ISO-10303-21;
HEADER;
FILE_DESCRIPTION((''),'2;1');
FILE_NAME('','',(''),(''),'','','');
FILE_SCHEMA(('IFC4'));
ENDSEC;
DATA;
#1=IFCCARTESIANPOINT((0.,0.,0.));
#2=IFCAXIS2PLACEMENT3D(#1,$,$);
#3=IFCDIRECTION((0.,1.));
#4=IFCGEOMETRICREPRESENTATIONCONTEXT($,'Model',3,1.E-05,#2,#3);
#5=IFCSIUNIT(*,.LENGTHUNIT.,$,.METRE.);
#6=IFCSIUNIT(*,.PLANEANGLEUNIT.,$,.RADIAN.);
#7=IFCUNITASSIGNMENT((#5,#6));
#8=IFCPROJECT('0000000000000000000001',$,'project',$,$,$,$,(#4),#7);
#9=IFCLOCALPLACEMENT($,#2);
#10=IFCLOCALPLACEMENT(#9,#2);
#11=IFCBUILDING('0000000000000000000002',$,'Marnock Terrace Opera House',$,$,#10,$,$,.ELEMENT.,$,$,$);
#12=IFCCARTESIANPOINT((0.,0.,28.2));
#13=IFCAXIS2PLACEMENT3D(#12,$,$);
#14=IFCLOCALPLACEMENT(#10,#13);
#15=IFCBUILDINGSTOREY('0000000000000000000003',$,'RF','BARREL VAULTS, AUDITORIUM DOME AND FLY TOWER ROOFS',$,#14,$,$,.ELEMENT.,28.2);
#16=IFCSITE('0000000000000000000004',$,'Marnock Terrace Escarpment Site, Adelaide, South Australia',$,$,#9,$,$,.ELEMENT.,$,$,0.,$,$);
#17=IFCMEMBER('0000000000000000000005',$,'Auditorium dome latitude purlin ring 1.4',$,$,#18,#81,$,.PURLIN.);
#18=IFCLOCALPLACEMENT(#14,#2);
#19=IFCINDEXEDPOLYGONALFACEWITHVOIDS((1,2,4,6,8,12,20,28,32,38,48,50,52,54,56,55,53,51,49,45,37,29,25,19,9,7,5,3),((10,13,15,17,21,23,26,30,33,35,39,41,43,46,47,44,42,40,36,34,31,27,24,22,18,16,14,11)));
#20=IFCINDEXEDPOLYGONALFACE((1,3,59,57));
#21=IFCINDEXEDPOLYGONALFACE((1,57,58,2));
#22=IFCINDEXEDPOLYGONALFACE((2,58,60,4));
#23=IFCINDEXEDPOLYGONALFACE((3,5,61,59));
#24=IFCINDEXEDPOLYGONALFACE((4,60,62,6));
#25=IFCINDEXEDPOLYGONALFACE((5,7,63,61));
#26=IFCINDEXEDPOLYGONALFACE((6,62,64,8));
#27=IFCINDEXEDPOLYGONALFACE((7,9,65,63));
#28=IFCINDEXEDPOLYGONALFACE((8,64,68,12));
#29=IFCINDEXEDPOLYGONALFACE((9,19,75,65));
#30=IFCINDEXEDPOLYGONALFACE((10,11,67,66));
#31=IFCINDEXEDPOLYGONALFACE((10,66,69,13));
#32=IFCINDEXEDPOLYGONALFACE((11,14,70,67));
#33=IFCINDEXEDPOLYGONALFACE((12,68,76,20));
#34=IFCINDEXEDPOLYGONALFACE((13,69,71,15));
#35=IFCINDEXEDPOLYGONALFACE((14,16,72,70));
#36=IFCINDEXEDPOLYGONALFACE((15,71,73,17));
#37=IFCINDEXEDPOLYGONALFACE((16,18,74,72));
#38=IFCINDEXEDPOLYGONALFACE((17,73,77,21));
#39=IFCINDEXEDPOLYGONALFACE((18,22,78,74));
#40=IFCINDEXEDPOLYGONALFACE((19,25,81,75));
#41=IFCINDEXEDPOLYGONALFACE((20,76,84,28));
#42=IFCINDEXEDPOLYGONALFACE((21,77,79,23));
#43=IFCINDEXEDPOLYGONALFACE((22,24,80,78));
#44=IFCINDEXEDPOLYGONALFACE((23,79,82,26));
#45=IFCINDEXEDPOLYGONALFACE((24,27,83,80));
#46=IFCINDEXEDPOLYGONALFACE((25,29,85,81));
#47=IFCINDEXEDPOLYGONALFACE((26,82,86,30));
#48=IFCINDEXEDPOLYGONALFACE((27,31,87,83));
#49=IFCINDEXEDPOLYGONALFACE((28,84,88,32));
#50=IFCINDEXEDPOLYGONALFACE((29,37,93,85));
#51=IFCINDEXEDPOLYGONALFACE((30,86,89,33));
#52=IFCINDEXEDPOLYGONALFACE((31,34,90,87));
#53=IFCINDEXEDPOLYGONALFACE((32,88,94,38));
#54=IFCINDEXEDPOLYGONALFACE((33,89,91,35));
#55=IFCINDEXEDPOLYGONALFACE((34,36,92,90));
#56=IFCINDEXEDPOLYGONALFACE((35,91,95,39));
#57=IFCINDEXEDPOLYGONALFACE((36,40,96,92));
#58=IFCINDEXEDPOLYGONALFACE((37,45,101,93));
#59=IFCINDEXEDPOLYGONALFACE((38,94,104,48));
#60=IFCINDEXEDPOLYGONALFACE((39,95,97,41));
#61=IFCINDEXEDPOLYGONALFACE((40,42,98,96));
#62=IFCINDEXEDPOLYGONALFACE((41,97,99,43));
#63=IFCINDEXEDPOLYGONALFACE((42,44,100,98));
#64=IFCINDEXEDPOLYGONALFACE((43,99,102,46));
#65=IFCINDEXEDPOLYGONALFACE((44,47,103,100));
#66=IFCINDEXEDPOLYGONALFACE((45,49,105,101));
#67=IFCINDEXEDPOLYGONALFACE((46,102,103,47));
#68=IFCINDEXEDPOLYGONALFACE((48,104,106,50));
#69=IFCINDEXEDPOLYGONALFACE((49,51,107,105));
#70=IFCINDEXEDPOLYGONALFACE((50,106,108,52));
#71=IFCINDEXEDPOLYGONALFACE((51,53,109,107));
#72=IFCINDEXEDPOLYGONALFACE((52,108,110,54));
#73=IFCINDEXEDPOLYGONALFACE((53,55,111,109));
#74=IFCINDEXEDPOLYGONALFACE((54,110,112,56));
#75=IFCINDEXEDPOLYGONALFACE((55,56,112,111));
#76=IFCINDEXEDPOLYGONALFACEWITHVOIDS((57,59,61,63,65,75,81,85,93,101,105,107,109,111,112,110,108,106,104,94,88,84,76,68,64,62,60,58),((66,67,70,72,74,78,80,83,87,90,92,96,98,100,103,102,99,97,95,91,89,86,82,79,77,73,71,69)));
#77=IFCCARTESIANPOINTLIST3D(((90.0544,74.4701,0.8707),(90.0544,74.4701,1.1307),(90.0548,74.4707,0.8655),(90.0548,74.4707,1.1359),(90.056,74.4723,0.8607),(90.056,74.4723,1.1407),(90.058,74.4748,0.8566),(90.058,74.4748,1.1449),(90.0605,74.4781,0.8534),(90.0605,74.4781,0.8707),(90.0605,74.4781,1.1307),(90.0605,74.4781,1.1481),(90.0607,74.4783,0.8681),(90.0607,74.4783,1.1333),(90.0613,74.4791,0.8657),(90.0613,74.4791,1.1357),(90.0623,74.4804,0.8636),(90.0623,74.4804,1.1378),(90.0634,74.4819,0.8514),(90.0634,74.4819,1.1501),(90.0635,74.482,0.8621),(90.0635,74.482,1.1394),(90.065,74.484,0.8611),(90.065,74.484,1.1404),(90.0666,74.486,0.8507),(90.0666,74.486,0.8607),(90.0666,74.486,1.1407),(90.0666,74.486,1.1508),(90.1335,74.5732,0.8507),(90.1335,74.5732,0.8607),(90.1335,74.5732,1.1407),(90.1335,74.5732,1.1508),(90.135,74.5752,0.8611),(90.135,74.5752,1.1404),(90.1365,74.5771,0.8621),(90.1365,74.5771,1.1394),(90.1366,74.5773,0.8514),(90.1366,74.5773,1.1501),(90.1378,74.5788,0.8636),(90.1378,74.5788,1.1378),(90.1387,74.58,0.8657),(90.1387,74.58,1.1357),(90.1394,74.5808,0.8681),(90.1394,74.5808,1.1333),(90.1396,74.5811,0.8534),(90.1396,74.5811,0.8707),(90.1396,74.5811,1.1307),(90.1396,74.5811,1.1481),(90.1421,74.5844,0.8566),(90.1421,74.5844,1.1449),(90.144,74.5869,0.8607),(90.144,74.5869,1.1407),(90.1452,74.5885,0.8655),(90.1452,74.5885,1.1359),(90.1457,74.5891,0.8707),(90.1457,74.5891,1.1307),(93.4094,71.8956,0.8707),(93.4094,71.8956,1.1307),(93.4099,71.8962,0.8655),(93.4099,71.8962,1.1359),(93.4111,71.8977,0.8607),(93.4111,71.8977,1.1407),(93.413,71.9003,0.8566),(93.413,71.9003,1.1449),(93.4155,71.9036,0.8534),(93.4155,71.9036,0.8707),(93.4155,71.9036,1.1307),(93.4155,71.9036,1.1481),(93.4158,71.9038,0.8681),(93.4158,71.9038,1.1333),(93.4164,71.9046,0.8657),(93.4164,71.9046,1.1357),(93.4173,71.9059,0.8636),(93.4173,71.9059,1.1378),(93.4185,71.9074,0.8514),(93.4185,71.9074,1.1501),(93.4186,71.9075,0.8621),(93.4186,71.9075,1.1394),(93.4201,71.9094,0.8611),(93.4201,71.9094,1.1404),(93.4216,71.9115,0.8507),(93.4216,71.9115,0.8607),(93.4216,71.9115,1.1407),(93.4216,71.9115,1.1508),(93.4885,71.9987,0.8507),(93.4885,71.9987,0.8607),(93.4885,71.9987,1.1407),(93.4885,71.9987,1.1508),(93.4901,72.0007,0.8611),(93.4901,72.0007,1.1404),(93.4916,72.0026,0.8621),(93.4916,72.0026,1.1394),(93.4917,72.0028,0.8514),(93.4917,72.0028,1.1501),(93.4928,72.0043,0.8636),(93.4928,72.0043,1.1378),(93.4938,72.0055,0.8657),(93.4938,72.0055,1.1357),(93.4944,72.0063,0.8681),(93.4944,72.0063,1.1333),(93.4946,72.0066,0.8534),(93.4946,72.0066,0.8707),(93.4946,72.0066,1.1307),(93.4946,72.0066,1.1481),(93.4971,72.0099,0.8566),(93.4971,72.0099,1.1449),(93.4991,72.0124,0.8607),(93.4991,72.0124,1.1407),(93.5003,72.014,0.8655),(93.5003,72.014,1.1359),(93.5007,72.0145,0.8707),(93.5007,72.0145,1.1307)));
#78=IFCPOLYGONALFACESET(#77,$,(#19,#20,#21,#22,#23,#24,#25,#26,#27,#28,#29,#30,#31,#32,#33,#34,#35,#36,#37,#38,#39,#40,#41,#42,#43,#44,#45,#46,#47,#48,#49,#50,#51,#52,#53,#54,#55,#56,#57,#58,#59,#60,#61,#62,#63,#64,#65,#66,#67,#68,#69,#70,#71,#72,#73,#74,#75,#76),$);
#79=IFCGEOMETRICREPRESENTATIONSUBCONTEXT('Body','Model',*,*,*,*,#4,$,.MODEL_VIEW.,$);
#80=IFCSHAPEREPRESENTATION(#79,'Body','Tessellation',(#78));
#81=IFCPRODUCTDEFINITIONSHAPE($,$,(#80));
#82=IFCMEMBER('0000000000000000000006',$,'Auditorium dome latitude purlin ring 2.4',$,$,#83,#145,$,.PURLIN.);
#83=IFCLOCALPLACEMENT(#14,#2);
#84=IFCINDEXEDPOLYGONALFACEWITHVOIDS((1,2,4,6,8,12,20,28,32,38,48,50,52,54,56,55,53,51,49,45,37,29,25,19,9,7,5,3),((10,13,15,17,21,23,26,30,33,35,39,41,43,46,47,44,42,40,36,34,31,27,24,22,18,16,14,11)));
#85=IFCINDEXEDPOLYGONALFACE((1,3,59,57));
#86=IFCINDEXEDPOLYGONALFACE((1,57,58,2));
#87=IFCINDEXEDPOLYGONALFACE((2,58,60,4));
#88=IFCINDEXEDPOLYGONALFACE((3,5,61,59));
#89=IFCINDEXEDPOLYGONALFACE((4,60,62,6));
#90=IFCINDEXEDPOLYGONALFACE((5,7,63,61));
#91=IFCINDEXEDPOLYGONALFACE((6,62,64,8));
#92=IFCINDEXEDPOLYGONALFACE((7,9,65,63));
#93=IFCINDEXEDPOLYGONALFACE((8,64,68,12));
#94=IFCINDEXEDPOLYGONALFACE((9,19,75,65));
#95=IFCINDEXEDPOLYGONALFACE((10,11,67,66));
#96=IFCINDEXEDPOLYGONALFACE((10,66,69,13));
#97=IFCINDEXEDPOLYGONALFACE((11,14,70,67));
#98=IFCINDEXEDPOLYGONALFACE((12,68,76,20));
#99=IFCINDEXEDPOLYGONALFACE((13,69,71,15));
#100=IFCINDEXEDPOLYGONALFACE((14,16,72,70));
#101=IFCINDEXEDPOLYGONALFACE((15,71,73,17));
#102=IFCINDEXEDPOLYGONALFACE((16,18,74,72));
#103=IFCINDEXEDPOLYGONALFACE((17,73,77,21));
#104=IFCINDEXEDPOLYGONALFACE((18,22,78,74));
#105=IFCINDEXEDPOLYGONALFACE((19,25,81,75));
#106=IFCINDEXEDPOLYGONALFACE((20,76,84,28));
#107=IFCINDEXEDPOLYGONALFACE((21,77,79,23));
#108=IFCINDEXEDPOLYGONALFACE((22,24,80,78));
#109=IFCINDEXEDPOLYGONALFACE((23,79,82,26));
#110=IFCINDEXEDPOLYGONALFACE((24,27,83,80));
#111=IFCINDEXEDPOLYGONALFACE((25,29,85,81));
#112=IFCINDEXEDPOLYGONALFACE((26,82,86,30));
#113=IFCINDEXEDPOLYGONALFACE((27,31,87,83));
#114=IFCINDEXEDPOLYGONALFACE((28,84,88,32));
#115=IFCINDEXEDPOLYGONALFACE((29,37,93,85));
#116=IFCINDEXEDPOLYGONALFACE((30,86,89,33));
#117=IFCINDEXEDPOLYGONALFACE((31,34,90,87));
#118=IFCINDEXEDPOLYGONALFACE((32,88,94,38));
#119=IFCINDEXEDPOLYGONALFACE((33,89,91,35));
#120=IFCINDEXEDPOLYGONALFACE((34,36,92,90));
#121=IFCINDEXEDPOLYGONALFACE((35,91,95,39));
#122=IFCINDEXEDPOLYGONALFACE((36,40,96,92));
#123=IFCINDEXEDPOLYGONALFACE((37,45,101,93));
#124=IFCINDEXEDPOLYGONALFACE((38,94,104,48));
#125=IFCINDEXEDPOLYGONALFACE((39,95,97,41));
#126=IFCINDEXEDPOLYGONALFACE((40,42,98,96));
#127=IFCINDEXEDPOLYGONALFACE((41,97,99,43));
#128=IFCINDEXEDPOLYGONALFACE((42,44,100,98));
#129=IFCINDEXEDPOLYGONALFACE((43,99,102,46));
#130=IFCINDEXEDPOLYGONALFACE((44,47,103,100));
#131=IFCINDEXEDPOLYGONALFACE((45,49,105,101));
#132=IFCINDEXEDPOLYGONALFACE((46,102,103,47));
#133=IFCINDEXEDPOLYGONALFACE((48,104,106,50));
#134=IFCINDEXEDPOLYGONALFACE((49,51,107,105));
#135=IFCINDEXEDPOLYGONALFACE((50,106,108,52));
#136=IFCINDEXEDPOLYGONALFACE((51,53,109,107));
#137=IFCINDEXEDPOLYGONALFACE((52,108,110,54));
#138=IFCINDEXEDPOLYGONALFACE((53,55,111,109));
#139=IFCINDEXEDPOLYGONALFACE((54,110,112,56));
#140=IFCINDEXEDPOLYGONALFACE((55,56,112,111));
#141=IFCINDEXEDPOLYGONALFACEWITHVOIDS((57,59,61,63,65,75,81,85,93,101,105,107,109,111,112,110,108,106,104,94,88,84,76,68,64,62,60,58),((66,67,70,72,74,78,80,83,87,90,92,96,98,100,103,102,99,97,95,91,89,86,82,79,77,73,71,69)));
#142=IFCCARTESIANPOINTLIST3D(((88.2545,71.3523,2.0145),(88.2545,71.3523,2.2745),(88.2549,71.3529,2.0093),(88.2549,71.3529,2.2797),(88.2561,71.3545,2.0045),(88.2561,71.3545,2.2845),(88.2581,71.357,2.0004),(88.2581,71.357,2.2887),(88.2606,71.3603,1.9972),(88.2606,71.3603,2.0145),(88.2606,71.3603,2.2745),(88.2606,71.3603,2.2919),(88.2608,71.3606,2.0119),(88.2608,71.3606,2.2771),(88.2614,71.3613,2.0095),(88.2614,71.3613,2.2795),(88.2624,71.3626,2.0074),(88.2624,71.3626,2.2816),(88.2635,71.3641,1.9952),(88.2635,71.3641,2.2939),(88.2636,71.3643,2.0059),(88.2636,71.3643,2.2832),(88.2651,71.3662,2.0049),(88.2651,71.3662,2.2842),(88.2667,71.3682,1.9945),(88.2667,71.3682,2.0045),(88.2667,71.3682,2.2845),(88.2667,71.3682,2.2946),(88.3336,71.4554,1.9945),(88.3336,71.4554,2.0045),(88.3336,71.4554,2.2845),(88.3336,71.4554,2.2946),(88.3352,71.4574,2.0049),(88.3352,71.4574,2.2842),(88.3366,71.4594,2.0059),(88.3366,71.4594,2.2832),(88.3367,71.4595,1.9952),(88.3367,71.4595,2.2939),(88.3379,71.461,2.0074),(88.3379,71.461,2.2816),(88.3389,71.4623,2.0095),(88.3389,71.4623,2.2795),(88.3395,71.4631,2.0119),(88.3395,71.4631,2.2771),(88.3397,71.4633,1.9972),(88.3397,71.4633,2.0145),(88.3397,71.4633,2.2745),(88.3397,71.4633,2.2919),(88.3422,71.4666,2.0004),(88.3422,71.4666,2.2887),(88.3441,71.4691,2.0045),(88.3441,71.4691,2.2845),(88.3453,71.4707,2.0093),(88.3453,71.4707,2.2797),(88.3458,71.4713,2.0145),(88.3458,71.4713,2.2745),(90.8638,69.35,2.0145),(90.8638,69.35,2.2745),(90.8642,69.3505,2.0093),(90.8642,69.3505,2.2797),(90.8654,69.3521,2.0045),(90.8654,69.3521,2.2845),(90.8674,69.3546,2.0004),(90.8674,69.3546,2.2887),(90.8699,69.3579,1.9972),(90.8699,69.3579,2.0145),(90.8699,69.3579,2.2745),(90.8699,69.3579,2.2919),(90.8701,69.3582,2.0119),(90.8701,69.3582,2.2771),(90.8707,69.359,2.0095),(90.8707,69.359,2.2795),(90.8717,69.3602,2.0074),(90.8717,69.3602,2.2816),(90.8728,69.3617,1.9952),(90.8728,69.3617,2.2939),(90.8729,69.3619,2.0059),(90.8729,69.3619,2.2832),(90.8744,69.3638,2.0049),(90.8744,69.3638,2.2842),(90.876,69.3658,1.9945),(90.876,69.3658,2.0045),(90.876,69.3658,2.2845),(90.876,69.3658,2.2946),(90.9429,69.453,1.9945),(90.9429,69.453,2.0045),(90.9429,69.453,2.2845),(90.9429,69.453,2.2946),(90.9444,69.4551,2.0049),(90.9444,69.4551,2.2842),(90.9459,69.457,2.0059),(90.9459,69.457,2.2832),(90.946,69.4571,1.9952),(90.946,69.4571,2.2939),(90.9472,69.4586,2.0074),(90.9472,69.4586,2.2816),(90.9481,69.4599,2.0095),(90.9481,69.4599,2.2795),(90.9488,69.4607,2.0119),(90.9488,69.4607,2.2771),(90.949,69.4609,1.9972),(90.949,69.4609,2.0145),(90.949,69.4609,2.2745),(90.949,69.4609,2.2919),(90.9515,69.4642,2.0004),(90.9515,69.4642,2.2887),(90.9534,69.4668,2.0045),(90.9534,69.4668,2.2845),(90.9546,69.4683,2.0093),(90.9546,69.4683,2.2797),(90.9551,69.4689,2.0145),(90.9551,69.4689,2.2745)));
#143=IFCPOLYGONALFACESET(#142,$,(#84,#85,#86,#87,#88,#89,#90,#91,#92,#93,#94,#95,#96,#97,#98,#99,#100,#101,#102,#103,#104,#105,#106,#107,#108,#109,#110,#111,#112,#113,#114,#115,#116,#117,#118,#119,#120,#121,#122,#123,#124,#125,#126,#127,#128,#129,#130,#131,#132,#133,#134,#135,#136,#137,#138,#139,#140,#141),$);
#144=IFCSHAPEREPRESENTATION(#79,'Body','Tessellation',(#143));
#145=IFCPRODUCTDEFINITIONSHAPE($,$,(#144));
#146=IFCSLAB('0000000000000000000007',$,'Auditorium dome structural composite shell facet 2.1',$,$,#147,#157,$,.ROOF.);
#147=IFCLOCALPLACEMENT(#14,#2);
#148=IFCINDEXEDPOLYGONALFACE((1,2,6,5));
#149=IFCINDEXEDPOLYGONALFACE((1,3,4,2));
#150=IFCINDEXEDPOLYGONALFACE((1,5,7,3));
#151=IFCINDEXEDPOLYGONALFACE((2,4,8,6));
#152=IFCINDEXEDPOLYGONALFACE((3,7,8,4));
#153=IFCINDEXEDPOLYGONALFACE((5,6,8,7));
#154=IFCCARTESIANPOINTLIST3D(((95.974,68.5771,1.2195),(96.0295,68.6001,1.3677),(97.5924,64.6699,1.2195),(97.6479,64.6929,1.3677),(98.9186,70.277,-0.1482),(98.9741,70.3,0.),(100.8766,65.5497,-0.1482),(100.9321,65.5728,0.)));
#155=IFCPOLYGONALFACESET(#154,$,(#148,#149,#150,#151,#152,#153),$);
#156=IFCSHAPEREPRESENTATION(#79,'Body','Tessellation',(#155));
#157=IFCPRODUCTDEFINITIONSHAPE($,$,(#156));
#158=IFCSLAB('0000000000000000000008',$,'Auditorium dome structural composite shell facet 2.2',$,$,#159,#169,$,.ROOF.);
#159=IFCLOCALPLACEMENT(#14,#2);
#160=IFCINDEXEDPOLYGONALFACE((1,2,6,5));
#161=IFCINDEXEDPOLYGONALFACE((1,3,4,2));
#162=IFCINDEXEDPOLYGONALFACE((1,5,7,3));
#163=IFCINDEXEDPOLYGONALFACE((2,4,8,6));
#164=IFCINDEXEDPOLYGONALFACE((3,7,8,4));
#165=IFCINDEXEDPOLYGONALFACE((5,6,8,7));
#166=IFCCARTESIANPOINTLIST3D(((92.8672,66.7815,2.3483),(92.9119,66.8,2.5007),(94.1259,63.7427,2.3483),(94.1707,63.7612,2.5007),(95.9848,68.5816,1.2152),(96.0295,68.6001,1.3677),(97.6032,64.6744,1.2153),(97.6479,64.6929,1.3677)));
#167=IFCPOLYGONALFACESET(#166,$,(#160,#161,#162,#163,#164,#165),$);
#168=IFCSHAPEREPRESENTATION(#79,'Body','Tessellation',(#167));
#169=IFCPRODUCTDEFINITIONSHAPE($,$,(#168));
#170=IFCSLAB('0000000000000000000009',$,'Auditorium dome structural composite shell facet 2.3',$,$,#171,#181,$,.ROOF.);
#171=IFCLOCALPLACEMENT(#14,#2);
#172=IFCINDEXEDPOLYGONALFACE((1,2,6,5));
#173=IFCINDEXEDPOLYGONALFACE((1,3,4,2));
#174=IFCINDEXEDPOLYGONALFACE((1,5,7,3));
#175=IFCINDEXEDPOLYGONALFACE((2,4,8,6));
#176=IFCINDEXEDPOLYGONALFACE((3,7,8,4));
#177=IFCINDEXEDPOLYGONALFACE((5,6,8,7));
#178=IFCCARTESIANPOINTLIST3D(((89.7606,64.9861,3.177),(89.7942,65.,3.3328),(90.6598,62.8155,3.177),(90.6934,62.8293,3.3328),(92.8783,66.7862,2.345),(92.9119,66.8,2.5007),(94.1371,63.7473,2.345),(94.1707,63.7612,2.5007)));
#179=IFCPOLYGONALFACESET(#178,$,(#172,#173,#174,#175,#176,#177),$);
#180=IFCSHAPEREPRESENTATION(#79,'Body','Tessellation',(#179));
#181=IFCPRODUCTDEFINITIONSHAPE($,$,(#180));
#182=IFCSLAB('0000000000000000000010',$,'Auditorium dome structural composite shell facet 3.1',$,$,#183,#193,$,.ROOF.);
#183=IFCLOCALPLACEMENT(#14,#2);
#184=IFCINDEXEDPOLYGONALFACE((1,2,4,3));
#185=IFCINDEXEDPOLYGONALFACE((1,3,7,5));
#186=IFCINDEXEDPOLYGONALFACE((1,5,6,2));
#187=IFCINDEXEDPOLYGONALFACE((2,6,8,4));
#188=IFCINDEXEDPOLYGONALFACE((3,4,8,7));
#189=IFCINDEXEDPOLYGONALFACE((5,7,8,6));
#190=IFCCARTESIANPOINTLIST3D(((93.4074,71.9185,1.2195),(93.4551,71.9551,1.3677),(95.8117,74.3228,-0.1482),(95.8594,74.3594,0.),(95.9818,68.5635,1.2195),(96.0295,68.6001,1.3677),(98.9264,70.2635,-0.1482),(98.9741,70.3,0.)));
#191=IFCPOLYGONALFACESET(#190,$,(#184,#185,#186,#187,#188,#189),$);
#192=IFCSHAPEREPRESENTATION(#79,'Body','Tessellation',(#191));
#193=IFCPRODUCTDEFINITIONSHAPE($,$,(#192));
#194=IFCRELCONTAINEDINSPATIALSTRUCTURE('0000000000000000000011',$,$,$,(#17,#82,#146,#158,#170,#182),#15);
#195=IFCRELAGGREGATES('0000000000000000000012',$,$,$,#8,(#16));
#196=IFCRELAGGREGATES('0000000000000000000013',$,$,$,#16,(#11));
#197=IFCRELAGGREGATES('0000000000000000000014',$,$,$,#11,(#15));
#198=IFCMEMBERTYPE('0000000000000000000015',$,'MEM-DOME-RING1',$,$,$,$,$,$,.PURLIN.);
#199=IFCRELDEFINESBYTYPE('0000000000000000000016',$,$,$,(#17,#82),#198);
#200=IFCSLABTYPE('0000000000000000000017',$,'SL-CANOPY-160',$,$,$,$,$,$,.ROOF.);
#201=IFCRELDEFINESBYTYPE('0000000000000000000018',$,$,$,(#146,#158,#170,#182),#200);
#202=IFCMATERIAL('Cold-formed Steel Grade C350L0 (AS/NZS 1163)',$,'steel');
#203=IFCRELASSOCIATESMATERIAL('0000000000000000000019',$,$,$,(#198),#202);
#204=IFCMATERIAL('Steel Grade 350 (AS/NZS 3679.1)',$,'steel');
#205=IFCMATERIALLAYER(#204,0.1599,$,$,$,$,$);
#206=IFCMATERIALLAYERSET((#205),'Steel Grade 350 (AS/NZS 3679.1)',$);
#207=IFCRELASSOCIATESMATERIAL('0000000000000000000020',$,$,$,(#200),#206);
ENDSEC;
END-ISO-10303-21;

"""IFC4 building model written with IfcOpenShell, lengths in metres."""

from ifc_helpers import new_model, si_unit, direction, frame, origin, origin_2d, place, context, subcontext, project, spatial, polyline, hollow_rectangle, outline, extrude, material, layer, layer_set, material_profile, profile_set, type_object, element, save


model = new_model("IFC4")

# Units and contexts
model_context = context("Model", 3, precision=1e-05, world=origin(), true_north=direction((0.0, 1.0)))
body_context = subcontext(model_context, "Body", "Model", "MODEL_VIEW")
ifc_project = project(units=[si_unit("LENGTHUNIT", "METRE"), si_unit("PLANEANGLEUNIT", "RADIAN")], contexts=[model_context])

# Site, building, storey
site_placement = place(None, origin())
site = spatial("IfcSite", under=ifc_project, at=site_placement, Name="Marnock Terrace Escarpment Site, Adelaide, South Australia", CompositionType="ELEMENT", RefElevation=0.0)
building_placement = place(site_placement, origin())
building = spatial("IfcBuilding", under=site, at=building_placement, Name="Marnock Terrace Opera House", CompositionType="ELEMENT")
storey_placement = place(building_placement, frame((0.0, 0.0, 28.2)))
storey = spatial("IfcBuildingStorey", under=building, at=storey_placement, Name="RF", Description="BARREL VAULTS, AUDITORIUM DOME AND FLY TOWER ROOFS", CompositionType="ELEMENT", Elevation=28.2)

# Shared definitions
ifc_material_1 = material(Name="Steel Grade 350 (AS/NZS 3679.1)", Category="steel")

# Members
ifc_material_2 = material(Name="Cold-formed Steel Grade C350L0 (AS/NZS 1163)", Category="steel")
ifc_material_profile_1 = material_profile(ifc_material_2, hollow_rectangle(XDim=0.1499, YDim=0.3, WallThickness=0.01, InnerFilletRadius=0.01, OuterFilletRadius=0.02, at=origin_2d()))
ifc_profile_set_1 = profile_set([ifc_material_profile_1], Name="Cold-formed Steel Grade C350L0 (AS/NZS 1163)")
member_type_1 = type_object("IfcMemberType", Name="MEM-DOME-RING1", PredefinedType="PURLIN", material=ifc_profile_set_1)
member_1_placement = place(storey_placement, frame((93.4551, 71.9551, 1.0007), z_axis=(-0.793342, 0.608776, 0.0), x_axis=(-0.608776, -0.793342, 0.0)))
element("IfcMember", 1, at=member_1_placement, inside=storey, type_object=member_type_1, Name="Auditorium dome latitude purlin ring 1.4", PredefinedType="PURLIN", context=body_context, shape_type="SweptSolid", body=[
    extrude(hollow_rectangle(XDim=0.1499, YDim=0.3, WallThickness=0.01, InnerFilletRadius=0.01, OuterFilletRadius=0.02, at=origin_2d()), origin(), (0.0, 0.0, 1.0), 4.229),
])
member_2_placement = place(storey_placement, frame((90.9094, 69.4094, 2.1445), z_axis=(-0.793324, 0.608799, 0.0), x_axis=(-0.608799, -0.793324, 0.0)))
element("IfcMember", 2, at=member_2_placement, inside=storey, type_object=member_type_1, Name="Auditorium dome latitude purlin ring 2.4", PredefinedType="PURLIN", context=body_context, shape_type="SweptSolid", body=[
    extrude(hollow_rectangle(XDim=0.1499, YDim=0.3, WallThickness=0.01, InnerFilletRadius=0.01, OuterFilletRadius=0.02, at=origin_2d()), origin(), (0.0, 0.0, 1.0), 3.2891),
])

# Slabs
ifc_layer_1 = layer(ifc_material_1, 0.1599)
ifc_layer_set_1 = layer_set([ifc_layer_1], Name="Steel Grade 350 (AS/NZS 3679.1)")
slab_type = type_object("IfcSlabType", Name="SL-CANOPY-160", PredefinedType="ROOF", material=ifc_layer_set_1)
slab_1_placement = place(storey_placement, frame((100.9321, 65.5728, 0.0), z_axis=(0.347343, 0.143869, 0.926636), x_axis=(-0.382667, 0.923886, -0.000002)))
element("IfcSlab", 3, at=slab_1_placement, inside=storey, type_object=slab_type, Name="Auditorium dome structural composite shell facet 2.1", PredefinedType="ROOF", context=body_context, shape_type="SweptSolid", body=[
    extrude(outline(polyline([(0.0, 0.0), (5.1167, 0.0), (4.673, 3.6379), (0.4438, 3.6378), (0.0, 0.0)])), origin(), (0.0, 0.0, -1.0), 0.1599),
])
slab_2_placement = place(storey_placement, frame((97.6479, 64.6929, 1.3677), z_axis=(0.279543, 0.115793, 0.953125), x_axis=(-0.382681, 0.923881, -0.000003)))
element("IfcSlab", 4, at=slab_2_placement, inside=storey, type_object=slab_type, Name="Auditorium dome structural composite shell facet 2.2", PredefinedType="ROOF", context=body_context, shape_type="SweptSolid", body=[
    extrude(outline(polyline([(0.0, 0.0), (4.2291, 0.0), (3.7592, 3.7447), (0.47, 3.7447), (0.0, 0.0)])), origin(), (0.0, 0.0, -1.0), 0.1599),
])
slab_3_placement = place(storey_placement, frame((94.1707, 63.7612, 2.5007), z_axis=(0.209743, 0.086884, 0.973889), x_axis=(-0.382701, 0.923872, 0.0)))
element("IfcSlab", 5, at=slab_3_placement, inside=storey, type_object=slab_type, Name="Auditorium dome structural composite shell facet 2.3", PredefinedType="ROOF", context=body_context, shape_type="SweptSolid", body=[
    extrude(outline(polyline([(0.0, 0.0), (3.2892, 0.0), (2.8193, 3.6649), (0.4698, 3.6649), (0.0, 0.0)])), origin(), (0.0, 0.0, -1.0), 0.1599),
])
slab_4_placement = place(storey_placement, frame((98.9741, 70.3, 0.0), z_axis=(0.298262, 0.228865, 0.926639), x_axis=(-0.608753, 0.79336, -0.000005)))
element("IfcSlab", 6, at=slab_4_placement, inside=storey, type_object=slab_type, Name="Auditorium dome structural composite shell facet 3.1", PredefinedType="ROOF", context=body_context, shape_type="SweptSolid", body=[
    extrude(outline(polyline([(0.0, 0.0), (5.1166, 0.0), (4.6728, 3.638), (0.4438, 3.6378), (0.0, 0.0)])), origin(), (0.0, 0.0, -1.0), 0.1599),
])

save(model, "model.ifc")
